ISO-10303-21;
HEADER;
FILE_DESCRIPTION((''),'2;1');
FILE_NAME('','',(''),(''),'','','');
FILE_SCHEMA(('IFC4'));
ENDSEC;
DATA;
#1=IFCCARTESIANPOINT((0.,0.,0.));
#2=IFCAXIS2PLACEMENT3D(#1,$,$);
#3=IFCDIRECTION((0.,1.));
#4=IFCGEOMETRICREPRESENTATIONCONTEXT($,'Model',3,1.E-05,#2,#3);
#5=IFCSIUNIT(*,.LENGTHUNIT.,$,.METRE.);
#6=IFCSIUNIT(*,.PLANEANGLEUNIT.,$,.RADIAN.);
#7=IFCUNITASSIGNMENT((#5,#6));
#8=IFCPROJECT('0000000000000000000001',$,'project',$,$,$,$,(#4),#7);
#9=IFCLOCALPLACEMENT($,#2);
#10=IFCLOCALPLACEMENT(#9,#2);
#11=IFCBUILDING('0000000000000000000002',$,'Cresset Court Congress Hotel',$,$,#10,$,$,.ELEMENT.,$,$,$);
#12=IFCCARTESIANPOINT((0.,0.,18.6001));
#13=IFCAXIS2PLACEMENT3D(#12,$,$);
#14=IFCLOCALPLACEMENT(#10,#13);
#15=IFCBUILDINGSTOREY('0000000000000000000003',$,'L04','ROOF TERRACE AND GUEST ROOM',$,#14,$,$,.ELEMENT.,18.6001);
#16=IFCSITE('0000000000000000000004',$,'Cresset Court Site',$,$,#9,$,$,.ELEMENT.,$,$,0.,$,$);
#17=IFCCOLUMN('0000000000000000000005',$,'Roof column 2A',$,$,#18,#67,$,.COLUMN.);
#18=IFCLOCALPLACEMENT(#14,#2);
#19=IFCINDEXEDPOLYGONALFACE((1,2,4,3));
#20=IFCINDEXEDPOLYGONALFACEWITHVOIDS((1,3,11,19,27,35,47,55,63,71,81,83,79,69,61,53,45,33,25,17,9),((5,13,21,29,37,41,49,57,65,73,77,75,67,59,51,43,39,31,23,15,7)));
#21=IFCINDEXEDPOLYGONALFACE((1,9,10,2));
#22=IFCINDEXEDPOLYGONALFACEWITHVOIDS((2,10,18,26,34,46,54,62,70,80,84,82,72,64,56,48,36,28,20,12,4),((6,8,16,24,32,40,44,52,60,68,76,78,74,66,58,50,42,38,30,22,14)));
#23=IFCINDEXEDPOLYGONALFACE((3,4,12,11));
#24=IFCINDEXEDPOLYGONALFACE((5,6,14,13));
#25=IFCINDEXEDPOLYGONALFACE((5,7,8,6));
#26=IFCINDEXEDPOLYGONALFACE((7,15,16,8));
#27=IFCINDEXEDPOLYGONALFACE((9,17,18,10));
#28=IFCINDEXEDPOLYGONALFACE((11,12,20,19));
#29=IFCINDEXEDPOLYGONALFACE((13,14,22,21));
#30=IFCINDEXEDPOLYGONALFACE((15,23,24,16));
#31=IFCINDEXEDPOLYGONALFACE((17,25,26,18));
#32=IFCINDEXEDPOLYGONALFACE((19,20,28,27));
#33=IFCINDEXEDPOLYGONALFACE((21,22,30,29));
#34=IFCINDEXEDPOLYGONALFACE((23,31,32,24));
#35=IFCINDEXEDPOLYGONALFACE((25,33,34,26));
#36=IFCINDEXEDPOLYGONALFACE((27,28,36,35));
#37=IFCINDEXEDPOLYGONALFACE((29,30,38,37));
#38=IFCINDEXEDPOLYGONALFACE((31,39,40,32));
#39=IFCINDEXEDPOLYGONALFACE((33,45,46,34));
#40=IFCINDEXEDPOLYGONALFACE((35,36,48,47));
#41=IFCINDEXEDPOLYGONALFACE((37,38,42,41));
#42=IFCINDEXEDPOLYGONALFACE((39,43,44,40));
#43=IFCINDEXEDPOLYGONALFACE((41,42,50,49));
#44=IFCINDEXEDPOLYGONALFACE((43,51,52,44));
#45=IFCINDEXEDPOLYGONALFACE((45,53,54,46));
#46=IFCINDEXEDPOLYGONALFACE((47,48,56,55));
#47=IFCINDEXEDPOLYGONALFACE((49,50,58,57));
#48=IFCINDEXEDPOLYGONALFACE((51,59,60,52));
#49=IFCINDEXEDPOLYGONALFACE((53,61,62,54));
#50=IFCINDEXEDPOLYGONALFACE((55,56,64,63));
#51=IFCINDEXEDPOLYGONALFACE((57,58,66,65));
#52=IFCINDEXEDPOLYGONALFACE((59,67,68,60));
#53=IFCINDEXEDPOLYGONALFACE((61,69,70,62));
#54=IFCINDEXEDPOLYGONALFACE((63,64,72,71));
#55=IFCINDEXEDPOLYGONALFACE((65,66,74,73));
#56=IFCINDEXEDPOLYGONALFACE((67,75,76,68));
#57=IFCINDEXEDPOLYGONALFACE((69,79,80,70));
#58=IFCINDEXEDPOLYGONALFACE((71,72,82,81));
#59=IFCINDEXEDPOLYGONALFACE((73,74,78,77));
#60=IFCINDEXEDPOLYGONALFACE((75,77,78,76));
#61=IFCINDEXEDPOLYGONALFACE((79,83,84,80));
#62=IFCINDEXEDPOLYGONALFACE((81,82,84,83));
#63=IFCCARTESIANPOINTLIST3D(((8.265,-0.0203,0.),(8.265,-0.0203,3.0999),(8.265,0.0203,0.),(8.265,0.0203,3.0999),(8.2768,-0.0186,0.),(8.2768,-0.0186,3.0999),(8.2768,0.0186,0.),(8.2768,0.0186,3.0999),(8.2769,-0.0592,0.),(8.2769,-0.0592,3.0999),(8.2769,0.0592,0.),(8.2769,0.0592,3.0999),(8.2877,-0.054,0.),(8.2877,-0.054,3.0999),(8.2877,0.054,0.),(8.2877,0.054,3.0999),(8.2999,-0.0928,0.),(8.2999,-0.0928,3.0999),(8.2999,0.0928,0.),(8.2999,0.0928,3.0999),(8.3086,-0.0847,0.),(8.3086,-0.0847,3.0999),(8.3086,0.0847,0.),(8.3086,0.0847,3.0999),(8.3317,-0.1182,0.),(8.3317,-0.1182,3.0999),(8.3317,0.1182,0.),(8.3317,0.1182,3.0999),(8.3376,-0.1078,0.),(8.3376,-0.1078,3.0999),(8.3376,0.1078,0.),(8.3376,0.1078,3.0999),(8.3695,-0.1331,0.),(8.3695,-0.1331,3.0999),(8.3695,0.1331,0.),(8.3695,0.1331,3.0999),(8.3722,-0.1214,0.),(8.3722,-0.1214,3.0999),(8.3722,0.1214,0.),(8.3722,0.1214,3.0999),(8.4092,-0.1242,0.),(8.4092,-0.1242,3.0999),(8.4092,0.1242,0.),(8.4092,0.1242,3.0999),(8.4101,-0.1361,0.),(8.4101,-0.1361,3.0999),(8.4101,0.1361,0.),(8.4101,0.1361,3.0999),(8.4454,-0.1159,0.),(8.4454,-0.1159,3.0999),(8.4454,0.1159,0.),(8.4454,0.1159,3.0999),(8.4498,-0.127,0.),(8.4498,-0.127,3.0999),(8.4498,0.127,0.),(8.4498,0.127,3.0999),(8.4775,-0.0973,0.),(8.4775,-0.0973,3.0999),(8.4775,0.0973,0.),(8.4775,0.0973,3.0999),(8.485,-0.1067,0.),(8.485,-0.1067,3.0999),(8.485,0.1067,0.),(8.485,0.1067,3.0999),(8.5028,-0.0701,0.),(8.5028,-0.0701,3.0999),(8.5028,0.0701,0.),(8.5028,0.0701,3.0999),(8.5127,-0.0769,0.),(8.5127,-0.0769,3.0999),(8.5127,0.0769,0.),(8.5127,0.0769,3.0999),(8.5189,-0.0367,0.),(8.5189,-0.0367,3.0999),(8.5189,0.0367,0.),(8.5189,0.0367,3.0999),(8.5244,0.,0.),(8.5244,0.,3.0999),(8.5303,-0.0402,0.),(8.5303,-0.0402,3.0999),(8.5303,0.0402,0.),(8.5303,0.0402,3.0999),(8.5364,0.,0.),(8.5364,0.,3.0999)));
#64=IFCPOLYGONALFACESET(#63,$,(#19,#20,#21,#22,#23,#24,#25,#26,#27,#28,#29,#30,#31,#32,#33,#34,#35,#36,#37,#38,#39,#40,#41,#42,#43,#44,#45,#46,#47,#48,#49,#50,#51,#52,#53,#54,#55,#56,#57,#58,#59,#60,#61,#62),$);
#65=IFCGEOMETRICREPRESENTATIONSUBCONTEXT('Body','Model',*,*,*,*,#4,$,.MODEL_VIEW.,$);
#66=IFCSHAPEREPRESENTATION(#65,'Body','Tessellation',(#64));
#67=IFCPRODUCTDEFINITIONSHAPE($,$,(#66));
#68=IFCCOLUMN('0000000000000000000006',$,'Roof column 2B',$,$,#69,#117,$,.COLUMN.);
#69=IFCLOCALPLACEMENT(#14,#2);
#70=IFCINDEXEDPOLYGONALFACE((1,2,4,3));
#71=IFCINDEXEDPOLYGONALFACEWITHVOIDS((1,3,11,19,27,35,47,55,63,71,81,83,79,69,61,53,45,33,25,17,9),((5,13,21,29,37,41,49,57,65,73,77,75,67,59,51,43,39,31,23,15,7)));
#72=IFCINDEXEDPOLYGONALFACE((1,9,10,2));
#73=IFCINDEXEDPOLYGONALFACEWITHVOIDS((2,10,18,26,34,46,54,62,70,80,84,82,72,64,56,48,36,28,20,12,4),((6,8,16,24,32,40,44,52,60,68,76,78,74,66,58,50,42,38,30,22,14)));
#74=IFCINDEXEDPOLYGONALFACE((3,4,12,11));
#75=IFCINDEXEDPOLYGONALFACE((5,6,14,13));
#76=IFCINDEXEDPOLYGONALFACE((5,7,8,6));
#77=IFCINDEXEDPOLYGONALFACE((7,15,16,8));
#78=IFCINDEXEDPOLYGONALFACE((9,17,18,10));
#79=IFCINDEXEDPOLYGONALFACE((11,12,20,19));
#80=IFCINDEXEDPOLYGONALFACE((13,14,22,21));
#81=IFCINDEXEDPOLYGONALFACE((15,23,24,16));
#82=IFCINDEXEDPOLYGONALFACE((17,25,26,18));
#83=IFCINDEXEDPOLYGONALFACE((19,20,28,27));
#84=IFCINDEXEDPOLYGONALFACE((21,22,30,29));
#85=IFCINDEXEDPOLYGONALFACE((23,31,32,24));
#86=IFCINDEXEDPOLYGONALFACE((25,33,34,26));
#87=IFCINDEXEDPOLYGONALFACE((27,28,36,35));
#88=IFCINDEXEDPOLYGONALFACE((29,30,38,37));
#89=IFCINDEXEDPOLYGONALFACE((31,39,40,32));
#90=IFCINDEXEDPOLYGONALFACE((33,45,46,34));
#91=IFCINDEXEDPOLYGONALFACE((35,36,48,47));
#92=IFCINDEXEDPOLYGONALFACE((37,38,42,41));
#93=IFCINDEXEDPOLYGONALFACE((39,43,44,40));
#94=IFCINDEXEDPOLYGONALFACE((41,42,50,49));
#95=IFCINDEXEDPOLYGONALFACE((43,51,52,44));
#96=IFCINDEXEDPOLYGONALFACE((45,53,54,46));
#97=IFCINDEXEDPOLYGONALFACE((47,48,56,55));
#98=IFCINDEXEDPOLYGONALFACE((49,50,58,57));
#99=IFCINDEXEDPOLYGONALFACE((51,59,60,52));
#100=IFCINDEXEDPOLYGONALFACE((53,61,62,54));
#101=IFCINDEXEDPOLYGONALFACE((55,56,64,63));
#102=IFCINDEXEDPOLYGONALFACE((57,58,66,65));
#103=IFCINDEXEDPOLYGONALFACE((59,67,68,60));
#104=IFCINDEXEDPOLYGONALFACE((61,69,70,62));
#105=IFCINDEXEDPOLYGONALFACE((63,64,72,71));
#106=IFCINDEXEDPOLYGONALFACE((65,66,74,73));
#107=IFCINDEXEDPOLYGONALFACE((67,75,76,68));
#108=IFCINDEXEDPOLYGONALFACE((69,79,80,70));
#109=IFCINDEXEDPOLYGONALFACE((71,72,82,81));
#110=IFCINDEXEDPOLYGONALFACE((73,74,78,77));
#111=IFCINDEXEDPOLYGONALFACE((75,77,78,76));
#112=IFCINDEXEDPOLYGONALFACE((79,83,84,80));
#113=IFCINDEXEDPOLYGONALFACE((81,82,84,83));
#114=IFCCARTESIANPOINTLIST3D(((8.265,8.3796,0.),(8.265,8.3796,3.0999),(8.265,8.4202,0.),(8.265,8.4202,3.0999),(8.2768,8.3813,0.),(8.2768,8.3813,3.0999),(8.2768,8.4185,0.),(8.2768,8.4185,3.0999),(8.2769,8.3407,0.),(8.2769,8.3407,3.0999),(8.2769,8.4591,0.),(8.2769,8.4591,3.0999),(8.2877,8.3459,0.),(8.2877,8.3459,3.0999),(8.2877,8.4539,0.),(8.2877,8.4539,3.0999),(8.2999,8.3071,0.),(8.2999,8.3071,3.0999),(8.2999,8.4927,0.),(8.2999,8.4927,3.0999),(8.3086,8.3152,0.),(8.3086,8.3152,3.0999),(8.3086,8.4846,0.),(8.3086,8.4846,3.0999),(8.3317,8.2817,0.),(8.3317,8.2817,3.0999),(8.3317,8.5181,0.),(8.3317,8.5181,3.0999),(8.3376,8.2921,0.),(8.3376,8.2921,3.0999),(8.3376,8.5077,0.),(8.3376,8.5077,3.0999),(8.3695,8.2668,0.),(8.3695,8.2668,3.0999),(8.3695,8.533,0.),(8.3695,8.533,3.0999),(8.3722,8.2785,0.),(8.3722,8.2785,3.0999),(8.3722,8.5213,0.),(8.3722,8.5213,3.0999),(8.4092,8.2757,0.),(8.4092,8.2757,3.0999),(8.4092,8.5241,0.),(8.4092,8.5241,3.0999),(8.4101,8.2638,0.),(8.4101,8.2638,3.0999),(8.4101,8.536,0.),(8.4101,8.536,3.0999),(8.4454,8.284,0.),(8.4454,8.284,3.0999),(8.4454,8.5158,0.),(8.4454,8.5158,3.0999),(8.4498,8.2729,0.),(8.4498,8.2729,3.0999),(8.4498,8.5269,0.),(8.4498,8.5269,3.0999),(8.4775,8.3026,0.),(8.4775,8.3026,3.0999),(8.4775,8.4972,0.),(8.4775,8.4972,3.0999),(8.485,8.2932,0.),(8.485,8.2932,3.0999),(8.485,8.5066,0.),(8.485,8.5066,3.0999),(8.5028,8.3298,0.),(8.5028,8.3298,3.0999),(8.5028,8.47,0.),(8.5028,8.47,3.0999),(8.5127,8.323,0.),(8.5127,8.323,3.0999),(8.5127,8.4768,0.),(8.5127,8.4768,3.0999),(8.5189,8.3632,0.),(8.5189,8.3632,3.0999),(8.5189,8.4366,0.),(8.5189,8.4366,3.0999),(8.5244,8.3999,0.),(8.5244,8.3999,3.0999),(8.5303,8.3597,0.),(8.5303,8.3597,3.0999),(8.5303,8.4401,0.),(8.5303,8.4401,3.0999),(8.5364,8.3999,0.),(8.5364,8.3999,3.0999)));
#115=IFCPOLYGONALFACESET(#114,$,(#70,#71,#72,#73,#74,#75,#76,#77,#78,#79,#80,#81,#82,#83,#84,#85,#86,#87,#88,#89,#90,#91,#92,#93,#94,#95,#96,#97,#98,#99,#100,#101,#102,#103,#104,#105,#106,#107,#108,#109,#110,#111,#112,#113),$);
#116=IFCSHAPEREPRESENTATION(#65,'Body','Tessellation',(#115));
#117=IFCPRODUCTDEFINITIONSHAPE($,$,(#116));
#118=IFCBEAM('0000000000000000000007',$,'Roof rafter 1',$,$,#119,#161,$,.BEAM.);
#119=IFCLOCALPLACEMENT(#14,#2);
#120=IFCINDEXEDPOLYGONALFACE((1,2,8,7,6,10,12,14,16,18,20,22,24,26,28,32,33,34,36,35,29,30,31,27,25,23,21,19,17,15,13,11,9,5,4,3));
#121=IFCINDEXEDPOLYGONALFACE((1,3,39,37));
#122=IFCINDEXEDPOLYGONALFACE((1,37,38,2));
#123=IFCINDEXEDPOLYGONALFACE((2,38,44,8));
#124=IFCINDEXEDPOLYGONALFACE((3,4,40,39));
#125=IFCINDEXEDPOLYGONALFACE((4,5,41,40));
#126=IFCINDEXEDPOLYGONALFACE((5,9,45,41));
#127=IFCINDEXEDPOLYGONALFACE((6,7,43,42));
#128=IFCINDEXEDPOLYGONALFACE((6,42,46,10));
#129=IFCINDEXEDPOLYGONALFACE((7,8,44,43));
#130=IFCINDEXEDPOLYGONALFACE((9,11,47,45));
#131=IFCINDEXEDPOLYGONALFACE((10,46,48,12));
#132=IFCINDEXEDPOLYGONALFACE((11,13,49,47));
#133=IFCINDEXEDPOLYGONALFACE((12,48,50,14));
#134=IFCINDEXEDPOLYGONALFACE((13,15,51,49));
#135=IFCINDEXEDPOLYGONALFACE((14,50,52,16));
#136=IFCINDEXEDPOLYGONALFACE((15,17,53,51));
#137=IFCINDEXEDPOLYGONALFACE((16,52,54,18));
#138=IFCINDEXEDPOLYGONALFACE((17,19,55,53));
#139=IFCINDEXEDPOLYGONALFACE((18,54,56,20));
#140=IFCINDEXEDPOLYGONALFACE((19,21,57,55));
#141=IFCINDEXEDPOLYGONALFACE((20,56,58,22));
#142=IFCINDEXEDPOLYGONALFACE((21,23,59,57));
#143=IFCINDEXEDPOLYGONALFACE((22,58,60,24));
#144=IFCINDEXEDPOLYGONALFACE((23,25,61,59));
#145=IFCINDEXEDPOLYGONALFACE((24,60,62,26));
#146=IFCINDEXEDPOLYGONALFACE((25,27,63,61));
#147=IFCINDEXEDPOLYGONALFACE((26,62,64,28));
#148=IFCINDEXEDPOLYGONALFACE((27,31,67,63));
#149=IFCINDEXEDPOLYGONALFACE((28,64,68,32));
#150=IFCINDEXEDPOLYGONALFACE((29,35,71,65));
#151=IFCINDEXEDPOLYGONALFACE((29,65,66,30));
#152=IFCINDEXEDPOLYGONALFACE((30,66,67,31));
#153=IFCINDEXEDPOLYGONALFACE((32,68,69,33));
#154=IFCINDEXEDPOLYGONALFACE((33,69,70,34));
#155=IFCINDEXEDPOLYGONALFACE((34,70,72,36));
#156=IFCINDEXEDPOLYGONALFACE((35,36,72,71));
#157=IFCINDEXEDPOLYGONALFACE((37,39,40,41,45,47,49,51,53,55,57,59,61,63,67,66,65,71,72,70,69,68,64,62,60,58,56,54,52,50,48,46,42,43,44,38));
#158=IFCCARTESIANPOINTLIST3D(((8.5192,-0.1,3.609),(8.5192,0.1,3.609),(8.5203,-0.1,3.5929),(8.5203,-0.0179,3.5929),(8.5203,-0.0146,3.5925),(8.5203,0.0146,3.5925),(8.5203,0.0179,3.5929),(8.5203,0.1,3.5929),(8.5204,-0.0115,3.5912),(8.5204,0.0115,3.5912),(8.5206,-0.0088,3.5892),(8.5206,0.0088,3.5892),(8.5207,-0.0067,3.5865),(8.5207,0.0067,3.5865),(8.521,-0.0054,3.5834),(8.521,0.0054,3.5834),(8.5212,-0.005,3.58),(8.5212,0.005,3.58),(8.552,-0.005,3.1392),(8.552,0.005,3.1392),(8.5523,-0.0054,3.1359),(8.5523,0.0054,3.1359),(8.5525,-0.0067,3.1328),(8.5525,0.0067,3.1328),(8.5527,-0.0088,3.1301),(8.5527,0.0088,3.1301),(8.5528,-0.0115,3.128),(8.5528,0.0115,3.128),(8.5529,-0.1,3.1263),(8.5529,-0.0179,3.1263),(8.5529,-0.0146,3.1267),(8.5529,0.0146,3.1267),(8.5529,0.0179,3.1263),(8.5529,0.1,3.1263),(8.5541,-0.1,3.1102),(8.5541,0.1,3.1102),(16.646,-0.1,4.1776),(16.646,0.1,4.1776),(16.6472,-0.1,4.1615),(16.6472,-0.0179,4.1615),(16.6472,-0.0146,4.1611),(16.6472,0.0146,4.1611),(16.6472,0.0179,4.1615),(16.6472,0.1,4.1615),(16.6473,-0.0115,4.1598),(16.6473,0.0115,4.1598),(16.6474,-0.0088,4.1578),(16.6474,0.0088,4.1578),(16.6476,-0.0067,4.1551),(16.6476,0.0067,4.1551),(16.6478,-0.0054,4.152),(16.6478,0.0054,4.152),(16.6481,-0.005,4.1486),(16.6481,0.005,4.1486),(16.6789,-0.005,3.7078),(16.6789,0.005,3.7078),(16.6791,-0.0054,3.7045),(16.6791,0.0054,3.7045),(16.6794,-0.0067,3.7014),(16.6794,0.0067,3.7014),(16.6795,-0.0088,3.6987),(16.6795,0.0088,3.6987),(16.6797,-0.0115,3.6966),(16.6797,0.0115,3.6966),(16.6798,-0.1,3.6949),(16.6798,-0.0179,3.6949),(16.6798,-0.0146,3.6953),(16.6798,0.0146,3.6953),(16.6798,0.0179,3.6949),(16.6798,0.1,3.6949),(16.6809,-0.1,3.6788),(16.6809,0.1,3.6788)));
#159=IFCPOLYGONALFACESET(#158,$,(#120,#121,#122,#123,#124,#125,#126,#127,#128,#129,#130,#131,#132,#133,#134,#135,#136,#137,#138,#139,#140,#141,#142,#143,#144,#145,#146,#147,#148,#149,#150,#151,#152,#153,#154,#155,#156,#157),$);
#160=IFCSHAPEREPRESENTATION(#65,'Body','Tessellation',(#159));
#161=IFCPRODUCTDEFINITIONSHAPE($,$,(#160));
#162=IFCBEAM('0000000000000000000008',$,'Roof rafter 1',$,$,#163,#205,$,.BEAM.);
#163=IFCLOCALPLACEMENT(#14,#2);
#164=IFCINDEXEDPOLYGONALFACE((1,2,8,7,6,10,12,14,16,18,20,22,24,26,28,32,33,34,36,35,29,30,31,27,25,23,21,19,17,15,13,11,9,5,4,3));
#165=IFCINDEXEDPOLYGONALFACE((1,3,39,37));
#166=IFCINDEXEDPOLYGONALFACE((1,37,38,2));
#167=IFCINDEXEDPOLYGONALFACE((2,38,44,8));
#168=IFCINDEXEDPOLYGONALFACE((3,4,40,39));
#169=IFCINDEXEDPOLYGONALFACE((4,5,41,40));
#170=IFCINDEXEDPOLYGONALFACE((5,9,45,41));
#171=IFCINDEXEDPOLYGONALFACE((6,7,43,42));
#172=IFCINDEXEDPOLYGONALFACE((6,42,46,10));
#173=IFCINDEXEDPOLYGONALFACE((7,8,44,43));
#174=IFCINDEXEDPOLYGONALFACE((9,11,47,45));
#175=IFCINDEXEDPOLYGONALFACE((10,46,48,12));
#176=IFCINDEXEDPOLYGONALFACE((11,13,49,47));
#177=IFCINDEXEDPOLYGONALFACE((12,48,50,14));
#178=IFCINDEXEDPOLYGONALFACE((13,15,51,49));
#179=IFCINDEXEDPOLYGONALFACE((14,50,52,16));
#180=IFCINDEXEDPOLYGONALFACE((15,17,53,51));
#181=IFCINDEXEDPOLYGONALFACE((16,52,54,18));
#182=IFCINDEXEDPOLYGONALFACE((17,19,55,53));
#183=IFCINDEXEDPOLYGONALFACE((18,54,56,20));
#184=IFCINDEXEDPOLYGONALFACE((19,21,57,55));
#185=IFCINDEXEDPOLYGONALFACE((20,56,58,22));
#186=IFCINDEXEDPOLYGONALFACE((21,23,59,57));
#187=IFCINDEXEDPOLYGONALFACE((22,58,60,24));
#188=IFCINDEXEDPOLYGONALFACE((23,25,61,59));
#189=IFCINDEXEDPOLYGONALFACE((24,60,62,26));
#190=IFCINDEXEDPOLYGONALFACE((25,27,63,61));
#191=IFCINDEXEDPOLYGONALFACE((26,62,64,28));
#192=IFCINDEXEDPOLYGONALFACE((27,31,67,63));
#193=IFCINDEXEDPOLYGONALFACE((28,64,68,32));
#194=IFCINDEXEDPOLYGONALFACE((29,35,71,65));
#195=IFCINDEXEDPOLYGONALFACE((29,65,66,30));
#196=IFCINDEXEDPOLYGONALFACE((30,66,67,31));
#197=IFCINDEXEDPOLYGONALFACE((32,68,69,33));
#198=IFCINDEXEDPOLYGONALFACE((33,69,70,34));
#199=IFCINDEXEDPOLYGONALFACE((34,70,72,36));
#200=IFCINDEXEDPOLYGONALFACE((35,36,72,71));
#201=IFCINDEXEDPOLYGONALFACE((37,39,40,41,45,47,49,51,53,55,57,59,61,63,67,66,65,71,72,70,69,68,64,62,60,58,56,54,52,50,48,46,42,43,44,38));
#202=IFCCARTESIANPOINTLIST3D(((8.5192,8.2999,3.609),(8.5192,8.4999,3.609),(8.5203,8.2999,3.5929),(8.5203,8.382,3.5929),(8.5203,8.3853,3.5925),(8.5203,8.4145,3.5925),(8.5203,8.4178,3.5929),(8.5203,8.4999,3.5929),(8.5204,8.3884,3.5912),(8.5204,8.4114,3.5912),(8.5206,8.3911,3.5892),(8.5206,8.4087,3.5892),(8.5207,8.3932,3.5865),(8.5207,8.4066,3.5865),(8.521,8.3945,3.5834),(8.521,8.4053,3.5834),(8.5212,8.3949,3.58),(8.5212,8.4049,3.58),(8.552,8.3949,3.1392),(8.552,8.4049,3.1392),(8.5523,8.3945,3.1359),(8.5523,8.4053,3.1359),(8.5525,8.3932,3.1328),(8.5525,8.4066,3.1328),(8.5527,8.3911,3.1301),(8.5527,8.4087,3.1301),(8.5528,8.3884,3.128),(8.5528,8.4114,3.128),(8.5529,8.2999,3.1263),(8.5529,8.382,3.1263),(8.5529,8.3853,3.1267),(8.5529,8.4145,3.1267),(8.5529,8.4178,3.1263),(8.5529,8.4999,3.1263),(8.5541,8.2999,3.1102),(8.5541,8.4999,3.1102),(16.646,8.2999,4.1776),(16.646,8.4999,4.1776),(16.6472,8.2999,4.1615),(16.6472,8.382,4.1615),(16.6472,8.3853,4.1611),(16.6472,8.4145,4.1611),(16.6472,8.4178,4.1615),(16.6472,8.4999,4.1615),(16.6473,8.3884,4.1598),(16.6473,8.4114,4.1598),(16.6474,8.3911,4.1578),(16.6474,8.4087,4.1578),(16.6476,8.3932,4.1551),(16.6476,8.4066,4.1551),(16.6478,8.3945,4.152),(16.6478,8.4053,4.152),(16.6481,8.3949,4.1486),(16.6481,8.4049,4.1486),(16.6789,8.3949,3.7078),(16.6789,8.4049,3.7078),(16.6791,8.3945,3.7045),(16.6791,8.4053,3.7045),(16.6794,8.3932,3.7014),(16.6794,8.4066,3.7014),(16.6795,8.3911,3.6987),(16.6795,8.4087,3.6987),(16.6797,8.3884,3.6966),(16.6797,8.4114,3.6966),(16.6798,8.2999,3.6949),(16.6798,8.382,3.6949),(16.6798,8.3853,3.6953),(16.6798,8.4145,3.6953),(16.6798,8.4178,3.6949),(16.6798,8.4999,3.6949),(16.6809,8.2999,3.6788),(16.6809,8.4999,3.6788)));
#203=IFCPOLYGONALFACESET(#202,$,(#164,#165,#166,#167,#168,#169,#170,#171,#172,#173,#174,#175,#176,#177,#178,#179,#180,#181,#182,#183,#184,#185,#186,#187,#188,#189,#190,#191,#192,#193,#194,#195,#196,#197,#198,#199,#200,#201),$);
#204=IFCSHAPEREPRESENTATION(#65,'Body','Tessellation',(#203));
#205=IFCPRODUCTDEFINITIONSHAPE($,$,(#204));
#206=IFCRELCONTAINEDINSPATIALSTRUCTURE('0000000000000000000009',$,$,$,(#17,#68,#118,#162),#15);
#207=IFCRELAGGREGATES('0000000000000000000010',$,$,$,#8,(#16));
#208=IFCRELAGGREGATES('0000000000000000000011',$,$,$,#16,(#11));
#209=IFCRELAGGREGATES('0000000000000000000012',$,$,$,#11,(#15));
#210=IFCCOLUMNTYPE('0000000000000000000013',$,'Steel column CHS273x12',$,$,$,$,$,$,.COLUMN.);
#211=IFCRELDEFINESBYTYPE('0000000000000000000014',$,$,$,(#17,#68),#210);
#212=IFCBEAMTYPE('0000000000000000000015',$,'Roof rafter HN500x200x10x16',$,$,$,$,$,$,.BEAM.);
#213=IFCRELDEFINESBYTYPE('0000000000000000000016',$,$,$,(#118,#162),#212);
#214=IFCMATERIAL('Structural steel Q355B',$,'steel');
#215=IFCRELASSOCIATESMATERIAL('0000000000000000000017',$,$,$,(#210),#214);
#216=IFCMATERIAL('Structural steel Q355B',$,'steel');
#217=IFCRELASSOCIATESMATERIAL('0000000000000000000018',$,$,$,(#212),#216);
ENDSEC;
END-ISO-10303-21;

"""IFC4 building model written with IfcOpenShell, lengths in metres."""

from ifc_helpers import new_model, si_unit, direction, frame, origin, origin_2d, place, context, subcontext, project, spatial, hollow_circle, i_section, extrude, material, material_profile, profile_set, type_object, element, save


model = new_model("IFC4")

# Units and contexts
model_context = context("Model", 3, precision=1e-05, world=origin(), true_north=direction((0.0, 1.0)))
body_context = subcontext(model_context, "Body", "Model", "MODEL_VIEW")
ifc_project = project(units=[si_unit("LENGTHUNIT", "METRE"), si_unit("PLANEANGLEUNIT", "RADIAN")], contexts=[model_context])

# Site, building, storey
site_placement = place(None, origin())
site = spatial("IfcSite", under=ifc_project, at=site_placement, Name="Cresset Court Site", CompositionType="ELEMENT", RefElevation=0.0)
building_placement = place(site_placement, origin())
building = spatial("IfcBuilding", under=site, at=building_placement, Name="Cresset Court Congress Hotel", CompositionType="ELEMENT")
storey_placement = place(building_placement, frame((0.0, 0.0, 18.6001)))
storey = spatial("IfcBuildingStorey", under=building, at=storey_placement, Name="L04", Description="ROOF TERRACE AND GUEST ROOM", CompositionType="ELEMENT", Elevation=18.6001)

# Columns
ifc_material_1 = material(Name="Structural steel Q355B", Category="steel")
ifc_material_profile_1 = material_profile(ifc_material_1, hollow_circle(Radius=0.1365, WallThickness=0.012, at=origin_2d()), Name="CHS273x12")
ifc_profile_set_1 = profile_set([ifc_material_profile_1], Name="Structural steel Q355B")
column_type = type_object("IfcColumnType", Name="Steel column CHS273x12", PredefinedType="COLUMN", material=ifc_profile_set_1)
for number, where, z_axis, x_axis, name in (
    (1, (8.3999, 0.0, 0.0), (0.0, 0.0, 1.0), (1.0, 0.0, 0.0), "Roof column 2A"),
    (2, (8.3999, 8.3999, 0.0), (0.0, 0.0, 1.0), (1.0, 0.0, 0.0), "Roof column 2B"),
):
    element("IfcColumn", number, at=place(storey_placement, frame(where, z_axis=z_axis, x_axis=x_axis)), inside=storey, type_object=column_type, Name=name, PredefinedType="COLUMN", context=body_context, shape_type="SweptSolid", body=[
        extrude(hollow_circle(Radius=0.1365, WallThickness=0.012, at=origin_2d()), origin(), (0.0, 0.0, 1.0), 3.0999),
    ])

# Beams
ifc_material_2 = material(Name="Structural steel Q355B", Category="steel")
ifc_material_profile_2 = material_profile(ifc_material_2, i_section(OverallWidth=0.2, OverallDepth=0.5, WebThickness=0.01, FlangeThickness=0.0161, FilletRadius=0.0129, at=origin_2d()), Name="HN500x200x10x16")
ifc_profile_set_2 = profile_set([ifc_material_profile_2], Name="Structural steel Q355B")
beam_type_1 = type_object("IfcBeamType", Name="Roof rafter HN500x200x10x16", PredefinedType="BEAM", material=ifc_profile_set_2)
for number, where, z_axis, x_axis, name in (
    (3, (8.5366, 0.0, 3.3596), (0.997561, 0.0, 0.069795), (0.0, 1.0, 0.0), "Roof rafter 1"),
    (4, (8.5366, 8.3999, 3.3596), (0.997561, 0.0, 0.069795), (0.0, 1.0, 0.0), "Roof rafter 1"),
):
    element("IfcBeam", number, at=place(storey_placement, frame(where, z_axis=z_axis, x_axis=x_axis)), inside=storey, type_object=beam_type_1, Name=name, PredefinedType="BEAM", context=body_context, shape_type="SweptSolid", body=[
        extrude(i_section(OverallWidth=0.2, OverallDepth=0.5, WebThickness=0.01, FlangeThickness=0.0161, FilletRadius=0.0129, at=origin_2d()), origin(), (0.0, 0.0, 1.0), 8.1467),
    ])

save(model, "model.ifc")
